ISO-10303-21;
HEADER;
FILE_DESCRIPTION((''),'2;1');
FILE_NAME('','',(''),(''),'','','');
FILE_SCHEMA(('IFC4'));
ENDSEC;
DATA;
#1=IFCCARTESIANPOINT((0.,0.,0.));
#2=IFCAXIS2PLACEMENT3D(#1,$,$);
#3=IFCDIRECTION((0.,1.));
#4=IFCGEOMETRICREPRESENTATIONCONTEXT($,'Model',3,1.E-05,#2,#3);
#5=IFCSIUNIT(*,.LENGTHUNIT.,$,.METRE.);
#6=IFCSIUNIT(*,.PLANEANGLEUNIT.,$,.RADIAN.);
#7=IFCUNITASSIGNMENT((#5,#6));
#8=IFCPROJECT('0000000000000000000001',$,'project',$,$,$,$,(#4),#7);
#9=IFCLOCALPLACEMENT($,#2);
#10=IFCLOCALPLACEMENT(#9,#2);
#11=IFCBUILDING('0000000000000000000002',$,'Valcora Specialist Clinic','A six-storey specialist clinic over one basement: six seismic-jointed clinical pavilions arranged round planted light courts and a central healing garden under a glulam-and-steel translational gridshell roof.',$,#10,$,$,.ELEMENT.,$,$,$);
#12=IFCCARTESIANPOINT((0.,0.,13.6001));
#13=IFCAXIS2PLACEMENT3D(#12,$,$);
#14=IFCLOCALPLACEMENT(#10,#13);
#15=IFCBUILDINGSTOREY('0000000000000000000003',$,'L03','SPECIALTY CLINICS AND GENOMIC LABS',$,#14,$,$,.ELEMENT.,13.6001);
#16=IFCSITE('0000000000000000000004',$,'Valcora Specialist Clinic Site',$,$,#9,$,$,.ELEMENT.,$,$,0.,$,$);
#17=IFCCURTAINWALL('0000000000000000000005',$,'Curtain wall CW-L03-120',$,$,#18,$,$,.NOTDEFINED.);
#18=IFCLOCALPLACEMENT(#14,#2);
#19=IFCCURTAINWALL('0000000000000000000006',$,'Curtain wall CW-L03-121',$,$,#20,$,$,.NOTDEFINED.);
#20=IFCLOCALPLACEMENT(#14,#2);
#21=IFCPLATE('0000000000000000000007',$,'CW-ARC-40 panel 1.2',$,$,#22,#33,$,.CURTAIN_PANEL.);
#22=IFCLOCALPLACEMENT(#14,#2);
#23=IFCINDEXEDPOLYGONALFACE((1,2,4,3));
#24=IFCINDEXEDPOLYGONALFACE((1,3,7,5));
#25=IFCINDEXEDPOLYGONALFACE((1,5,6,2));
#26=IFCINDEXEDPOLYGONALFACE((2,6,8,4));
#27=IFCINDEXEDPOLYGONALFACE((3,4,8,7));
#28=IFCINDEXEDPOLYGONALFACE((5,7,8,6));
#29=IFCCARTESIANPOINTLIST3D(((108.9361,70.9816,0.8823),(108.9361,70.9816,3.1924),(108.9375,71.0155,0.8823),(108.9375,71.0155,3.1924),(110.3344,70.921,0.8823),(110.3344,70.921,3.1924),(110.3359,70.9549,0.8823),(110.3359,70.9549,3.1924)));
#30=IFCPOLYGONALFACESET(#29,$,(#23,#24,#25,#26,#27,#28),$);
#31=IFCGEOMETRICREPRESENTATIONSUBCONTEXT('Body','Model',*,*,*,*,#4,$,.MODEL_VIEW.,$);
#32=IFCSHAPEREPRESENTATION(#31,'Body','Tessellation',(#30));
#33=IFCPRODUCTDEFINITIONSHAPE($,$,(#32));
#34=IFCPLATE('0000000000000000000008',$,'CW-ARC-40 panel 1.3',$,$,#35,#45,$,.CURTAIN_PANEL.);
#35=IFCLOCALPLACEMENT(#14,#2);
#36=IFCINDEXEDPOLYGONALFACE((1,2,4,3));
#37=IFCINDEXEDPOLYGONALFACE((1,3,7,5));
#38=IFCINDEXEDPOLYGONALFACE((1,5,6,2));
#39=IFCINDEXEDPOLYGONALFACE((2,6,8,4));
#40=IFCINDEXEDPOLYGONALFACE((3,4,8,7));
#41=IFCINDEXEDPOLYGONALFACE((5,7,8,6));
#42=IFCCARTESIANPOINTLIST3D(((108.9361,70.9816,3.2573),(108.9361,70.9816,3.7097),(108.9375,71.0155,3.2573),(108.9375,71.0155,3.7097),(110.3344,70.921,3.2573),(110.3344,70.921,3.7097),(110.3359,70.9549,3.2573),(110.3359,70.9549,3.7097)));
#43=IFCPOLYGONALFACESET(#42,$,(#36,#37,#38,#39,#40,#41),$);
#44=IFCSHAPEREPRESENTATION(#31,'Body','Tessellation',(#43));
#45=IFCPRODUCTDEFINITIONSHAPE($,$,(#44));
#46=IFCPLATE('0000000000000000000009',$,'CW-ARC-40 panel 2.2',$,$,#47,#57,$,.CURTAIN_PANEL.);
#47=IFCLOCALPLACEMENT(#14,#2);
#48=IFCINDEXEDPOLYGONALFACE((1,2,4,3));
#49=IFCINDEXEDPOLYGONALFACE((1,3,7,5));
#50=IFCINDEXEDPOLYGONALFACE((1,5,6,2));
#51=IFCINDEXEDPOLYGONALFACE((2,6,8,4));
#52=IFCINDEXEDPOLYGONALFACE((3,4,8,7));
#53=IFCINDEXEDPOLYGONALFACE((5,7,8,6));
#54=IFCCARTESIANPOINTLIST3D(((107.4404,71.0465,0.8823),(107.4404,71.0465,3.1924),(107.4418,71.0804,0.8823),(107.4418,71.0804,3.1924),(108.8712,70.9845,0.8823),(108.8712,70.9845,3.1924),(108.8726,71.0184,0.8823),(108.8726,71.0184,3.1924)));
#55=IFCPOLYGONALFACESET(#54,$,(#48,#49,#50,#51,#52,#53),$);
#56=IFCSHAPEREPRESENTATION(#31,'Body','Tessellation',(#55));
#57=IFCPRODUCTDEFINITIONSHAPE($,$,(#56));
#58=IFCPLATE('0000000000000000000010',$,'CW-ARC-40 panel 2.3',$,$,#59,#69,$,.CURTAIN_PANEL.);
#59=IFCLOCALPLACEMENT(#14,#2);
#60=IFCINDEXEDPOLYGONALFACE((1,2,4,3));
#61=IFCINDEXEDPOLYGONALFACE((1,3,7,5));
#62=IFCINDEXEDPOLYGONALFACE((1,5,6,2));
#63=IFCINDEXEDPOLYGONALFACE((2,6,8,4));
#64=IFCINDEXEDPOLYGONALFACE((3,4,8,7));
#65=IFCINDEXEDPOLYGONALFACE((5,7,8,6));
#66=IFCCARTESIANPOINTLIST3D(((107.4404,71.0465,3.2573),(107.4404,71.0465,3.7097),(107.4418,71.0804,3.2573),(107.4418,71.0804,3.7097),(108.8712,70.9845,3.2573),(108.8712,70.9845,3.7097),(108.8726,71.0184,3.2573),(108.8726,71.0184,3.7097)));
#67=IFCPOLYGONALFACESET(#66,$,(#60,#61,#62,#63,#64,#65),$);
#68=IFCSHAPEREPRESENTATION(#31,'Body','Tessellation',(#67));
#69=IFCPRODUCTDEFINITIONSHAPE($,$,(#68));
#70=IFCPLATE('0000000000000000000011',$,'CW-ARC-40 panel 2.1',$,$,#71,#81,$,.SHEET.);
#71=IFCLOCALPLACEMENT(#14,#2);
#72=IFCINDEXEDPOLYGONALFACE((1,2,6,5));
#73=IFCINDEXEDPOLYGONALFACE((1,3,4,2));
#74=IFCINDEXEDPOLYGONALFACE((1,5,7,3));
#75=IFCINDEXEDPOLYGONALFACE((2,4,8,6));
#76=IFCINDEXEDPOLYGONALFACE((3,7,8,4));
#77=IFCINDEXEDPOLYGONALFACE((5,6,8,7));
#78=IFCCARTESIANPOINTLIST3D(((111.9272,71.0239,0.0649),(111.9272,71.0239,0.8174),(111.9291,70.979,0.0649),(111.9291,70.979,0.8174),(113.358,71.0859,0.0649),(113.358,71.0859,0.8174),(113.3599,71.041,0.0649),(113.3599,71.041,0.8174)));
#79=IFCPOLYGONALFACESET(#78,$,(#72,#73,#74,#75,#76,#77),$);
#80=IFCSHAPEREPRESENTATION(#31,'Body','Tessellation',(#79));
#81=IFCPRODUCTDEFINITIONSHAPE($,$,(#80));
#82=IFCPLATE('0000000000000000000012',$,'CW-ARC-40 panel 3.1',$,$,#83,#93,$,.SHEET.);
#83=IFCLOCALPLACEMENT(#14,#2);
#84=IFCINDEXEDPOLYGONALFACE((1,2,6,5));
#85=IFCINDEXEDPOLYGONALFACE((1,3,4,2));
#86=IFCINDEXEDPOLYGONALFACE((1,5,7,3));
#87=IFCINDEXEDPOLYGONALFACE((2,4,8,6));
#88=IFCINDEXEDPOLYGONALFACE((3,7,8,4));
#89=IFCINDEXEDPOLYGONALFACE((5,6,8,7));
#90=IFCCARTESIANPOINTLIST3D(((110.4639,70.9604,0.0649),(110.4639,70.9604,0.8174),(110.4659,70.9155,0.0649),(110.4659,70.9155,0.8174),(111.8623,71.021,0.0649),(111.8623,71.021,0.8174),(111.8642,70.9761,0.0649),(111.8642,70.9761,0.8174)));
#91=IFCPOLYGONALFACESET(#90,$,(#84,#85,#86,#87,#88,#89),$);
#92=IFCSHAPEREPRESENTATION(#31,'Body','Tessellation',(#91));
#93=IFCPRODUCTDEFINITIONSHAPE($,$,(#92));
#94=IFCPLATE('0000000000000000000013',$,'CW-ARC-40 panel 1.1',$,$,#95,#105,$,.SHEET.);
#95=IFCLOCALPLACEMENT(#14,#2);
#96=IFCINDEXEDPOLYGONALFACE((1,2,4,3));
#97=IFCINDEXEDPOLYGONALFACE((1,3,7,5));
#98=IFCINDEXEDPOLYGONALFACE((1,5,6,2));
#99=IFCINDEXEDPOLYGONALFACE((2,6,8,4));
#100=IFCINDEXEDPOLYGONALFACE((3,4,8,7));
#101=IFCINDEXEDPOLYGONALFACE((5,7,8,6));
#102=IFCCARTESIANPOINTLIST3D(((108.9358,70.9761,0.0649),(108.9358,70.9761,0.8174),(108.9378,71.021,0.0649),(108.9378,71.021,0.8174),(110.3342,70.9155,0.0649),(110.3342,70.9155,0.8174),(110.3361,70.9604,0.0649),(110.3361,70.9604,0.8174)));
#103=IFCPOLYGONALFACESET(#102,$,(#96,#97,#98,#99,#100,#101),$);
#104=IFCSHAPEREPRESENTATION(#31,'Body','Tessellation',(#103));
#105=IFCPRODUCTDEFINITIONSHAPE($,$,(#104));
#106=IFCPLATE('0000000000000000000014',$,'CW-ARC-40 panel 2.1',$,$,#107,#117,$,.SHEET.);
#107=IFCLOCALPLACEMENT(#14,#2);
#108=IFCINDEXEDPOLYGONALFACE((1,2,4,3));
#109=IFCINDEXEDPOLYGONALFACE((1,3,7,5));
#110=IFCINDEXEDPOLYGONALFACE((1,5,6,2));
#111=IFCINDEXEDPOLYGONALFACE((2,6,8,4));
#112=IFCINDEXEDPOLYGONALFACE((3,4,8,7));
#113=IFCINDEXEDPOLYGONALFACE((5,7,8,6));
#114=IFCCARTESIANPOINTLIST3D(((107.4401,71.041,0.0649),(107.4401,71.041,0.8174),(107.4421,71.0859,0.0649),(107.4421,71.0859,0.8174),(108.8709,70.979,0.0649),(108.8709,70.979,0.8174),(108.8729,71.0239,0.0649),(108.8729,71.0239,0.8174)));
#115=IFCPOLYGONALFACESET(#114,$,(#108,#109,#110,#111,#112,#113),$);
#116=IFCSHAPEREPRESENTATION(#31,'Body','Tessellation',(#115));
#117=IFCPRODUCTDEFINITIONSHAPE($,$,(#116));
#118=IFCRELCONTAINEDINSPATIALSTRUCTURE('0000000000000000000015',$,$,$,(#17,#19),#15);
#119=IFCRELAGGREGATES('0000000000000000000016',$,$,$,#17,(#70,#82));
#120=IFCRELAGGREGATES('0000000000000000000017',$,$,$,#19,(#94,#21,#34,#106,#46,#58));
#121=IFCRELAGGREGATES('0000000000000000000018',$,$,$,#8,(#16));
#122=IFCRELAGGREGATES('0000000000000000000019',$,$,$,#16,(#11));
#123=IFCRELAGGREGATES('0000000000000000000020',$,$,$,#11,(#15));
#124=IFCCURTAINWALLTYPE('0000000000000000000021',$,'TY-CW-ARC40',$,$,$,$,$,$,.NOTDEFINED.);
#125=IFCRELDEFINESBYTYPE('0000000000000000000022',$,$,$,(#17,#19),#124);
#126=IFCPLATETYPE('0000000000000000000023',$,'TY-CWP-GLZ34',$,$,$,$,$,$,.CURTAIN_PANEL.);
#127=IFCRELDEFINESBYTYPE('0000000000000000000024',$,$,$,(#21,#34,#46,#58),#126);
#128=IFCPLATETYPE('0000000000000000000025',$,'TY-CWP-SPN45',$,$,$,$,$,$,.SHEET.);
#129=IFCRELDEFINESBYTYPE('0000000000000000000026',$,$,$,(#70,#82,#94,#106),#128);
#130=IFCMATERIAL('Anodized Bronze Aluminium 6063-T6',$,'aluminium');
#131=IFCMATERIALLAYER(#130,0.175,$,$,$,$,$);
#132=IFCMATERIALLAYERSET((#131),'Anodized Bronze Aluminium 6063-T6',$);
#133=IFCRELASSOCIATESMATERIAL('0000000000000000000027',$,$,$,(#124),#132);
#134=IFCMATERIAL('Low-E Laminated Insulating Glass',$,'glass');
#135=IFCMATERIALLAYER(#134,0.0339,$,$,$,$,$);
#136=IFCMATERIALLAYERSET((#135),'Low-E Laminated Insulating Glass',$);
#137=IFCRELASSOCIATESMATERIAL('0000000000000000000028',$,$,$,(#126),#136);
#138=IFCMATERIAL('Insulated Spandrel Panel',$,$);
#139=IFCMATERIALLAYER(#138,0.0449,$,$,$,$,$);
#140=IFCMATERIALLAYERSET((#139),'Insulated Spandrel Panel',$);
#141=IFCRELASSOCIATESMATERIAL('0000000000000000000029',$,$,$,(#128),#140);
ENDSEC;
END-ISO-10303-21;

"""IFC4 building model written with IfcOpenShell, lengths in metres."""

from ifc_helpers import new_model, si_unit, direction, frame, origin, origin_2d, place, context, subcontext, project, spatial, rectangle, extrude, material, layer, layer_set, type_object, element, aggregate, save


model = new_model("IFC4")

# Units and contexts
model_context = context("Model", 3, precision=1e-05, world=origin(), true_north=direction((0.0, 1.0)))
body_context = subcontext(model_context, "Body", "Model", "MODEL_VIEW")
ifc_project = project(units=[si_unit("LENGTHUNIT", "METRE"), si_unit("PLANEANGLEUNIT", "RADIAN")], contexts=[model_context])

# Site, building, storey
site_placement = place(None, origin())
site = spatial("IfcSite", under=ifc_project, at=site_placement, Name="Valcora Specialist Clinic Site", CompositionType="ELEMENT", RefElevation=0.0)
building_placement = place(site_placement, origin())
building = spatial("IfcBuilding", under=site, at=building_placement, Name="Valcora Specialist Clinic", Description="A six-storey specialist clinic over one basement: six seismic-jointed clinical pavilions arranged round planted light courts and a central healing garden under a glulam-and-steel translational gridshell roof.", CompositionType="ELEMENT")
storey_placement = place(building_placement, frame((0.0, 0.0, 13.6001)))
storey = spatial("IfcBuildingStorey", under=building, at=storey_placement, Name="L03", Description="SPECIALTY CLINICS AND GENOMIC LABS", CompositionType="ELEMENT", Elevation=13.6001)

# Curtain walls
ifc_material_1 = material(Name="Anodized Bronze Aluminium 6063-T6", Category="aluminium")
ifc_layer_1 = layer(ifc_material_1, 0.175)
ifc_layer_set_1 = layer_set([ifc_layer_1], Name="Anodized Bronze Aluminium 6063-T6")
curtain_wall_type = type_object("IfcCurtainWallType", Name="TY-CW-ARC40", PredefinedType="NOTDEFINED", material=ifc_layer_set_1)
curtain_wall_1_placement = place(storey_placement, origin())
curtain_wall_1 = element("IfcCurtainWall", 1, at=curtain_wall_1_placement, inside=storey, type_object=curtain_wall_type, Name="Curtain wall CW-L03-120", PredefinedType="NOTDEFINED")
curtain_wall_2_placement = place(storey_placement, origin())
curtain_wall_2 = element("IfcCurtainWall", 2, at=curtain_wall_2_placement, inside=storey, type_object=curtain_wall_type, Name="Curtain wall CW-L03-121", PredefinedType="NOTDEFINED")

# Plates
ifc_material_2 = material(Name="Low-E Laminated Insulating Glass", Category="glass")
ifc_layer_2 = layer(ifc_material_2, 0.0339)
ifc_layer_set_2 = layer_set([ifc_layer_2], Name="Low-E Laminated Insulating Glass")
plate_type_1 = type_object("IfcPlateType", Name="TY-CWP-GLZ34", PredefinedType="CURTAIN_PANEL", material=ifc_layer_set_2)
plate_1_placement = place(storey_placement, frame((109.636, 70.9683, 0.8823), z_axis=(0.0, 0.0, 1.0), x_axis=(-0.999062, 0.043307, 0.0)))
plate_1 = element("IfcPlate", 3, at=plate_1_placement, type_object=plate_type_1, Name="CW-ARC-40 panel 1.2", PredefinedType="CURTAIN_PANEL", context=body_context, shape_type="SweptSolid", body=[
    extrude(rectangle(XDim=1.3997, YDim=0.0339, at=origin_2d()), origin(), (0.0, 0.0, 1.0), 2.3101),
])
plate_2_placement = place(storey_placement, frame((109.636, 70.9683, 3.2573), z_axis=(0.0, 0.0, 1.0), x_axis=(-0.999062, 0.043307, 0.0)))
plate_2 = element("IfcPlate", 4, at=plate_2_placement, type_object=plate_type_1, Name="CW-ARC-40 panel 1.3", PredefinedType="CURTAIN_PANEL", context=body_context, shape_type="SweptSolid", body=[
    extrude(rectangle(XDim=1.3997, YDim=0.0339, at=origin_2d()), origin(), (0.0, 0.0, 1.0), 0.4524),
])
plate_3_placement = place(storey_placement, frame((108.1565, 71.0325, 0.8823), z_axis=(0.0, 0.0, 1.0), x_axis=(-0.999062, 0.043307, 0.0)))
plate_3 = element("IfcPlate", 5, at=plate_3_placement, type_object=plate_type_1, Name="CW-ARC-40 panel 2.2", PredefinedType="CURTAIN_PANEL", context=body_context, shape_type="SweptSolid", body=[
    extrude(rectangle(XDim=1.4321, YDim=0.0339, at=origin_2d()), origin(), (0.0, 0.0, 1.0), 2.3101),
])
plate_4_placement = place(storey_placement, frame((108.1565, 71.0325, 3.2573), z_axis=(0.0, 0.0, 1.0), x_axis=(-0.999062, 0.043307, 0.0)))
plate_4 = element("IfcPlate", 6, at=plate_4_placement, type_object=plate_type_1, Name="CW-ARC-40 panel 2.3", PredefinedType="CURTAIN_PANEL", context=body_context, shape_type="SweptSolid", body=[
    extrude(rectangle(XDim=1.4321, YDim=0.0339, at=origin_2d()), origin(), (0.0, 0.0, 1.0), 0.4524),
])
ifc_material_3 = material(Name="Insulated Spandrel Panel")
ifc_layer_3 = layer(ifc_material_3, 0.0449)
ifc_layer_set_3 = layer_set([ifc_layer_3], Name="Insulated Spandrel Panel")
plate_type_2 = type_object("IfcPlateType", Name="TY-CWP-SPN45", PredefinedType="SHEET", material=ifc_layer_set_3)
plate_5_placement = place(storey_placement, frame((112.6436, 71.0325, 0.0649), z_axis=(0.0, 0.0, 1.0), x_axis=(-0.999062, -0.043307, 0.0)))
plate_5 = element("IfcPlate", 7, at=plate_5_placement, type_object=plate_type_2, Name="CW-ARC-40 panel 2.1", PredefinedType="SHEET", context=body_context, shape_type="SweptSolid", body=[
    extrude(rectangle(XDim=1.4321, YDim=0.0449, at=origin_2d()), origin(), (0.0, 0.0, 1.0), 0.7524),
])
plate_6_placement = place(storey_placement, frame((111.1641, 70.9683, 0.0649), z_axis=(0.0, 0.0, 1.0), x_axis=(-0.999062, -0.043307, 0.0)))
plate_6 = element("IfcPlate", 8, at=plate_6_placement, type_object=plate_type_2, Name="CW-ARC-40 panel 3.1", PredefinedType="SHEET", context=body_context, shape_type="SweptSolid", body=[
    extrude(rectangle(XDim=1.3997, YDim=0.0449, at=origin_2d()), origin(), (0.0, 0.0, 1.0), 0.7524),
])
aggregate(curtain_wall_1, [plate_5, plate_6])
plate_7_placement = place(storey_placement, frame((109.636, 70.9683, 0.0649), z_axis=(0.0, 0.0, 1.0), x_axis=(-0.999062, 0.043307, 0.0)))
plate_7 = element("IfcPlate", 9, at=plate_7_placement, type_object=plate_type_2, Name="CW-ARC-40 panel 1.1", PredefinedType="SHEET", context=body_context, shape_type="SweptSolid", body=[
    extrude(rectangle(XDim=1.3997, YDim=0.0449, at=origin_2d()), origin(), (0.0, 0.0, 1.0), 0.7524),
])
plate_8_placement = place(storey_placement, frame((108.1565, 71.0325, 0.0649), z_axis=(0.0, 0.0, 1.0), x_axis=(-0.999062, 0.043307, 0.0)))
plate_8 = element("IfcPlate", 10, at=plate_8_placement, type_object=plate_type_2, Name="CW-ARC-40 panel 2.1", PredefinedType="SHEET", context=body_context, shape_type="SweptSolid", body=[
    extrude(rectangle(XDim=1.4321, YDim=0.0449, at=origin_2d()), origin(), (0.0, 0.0, 1.0), 0.7524),
])
aggregate(curtain_wall_2, [plate_7, plate_1, plate_2, plate_8, plate_3, plate_4])

save(model, "model.ifc")
